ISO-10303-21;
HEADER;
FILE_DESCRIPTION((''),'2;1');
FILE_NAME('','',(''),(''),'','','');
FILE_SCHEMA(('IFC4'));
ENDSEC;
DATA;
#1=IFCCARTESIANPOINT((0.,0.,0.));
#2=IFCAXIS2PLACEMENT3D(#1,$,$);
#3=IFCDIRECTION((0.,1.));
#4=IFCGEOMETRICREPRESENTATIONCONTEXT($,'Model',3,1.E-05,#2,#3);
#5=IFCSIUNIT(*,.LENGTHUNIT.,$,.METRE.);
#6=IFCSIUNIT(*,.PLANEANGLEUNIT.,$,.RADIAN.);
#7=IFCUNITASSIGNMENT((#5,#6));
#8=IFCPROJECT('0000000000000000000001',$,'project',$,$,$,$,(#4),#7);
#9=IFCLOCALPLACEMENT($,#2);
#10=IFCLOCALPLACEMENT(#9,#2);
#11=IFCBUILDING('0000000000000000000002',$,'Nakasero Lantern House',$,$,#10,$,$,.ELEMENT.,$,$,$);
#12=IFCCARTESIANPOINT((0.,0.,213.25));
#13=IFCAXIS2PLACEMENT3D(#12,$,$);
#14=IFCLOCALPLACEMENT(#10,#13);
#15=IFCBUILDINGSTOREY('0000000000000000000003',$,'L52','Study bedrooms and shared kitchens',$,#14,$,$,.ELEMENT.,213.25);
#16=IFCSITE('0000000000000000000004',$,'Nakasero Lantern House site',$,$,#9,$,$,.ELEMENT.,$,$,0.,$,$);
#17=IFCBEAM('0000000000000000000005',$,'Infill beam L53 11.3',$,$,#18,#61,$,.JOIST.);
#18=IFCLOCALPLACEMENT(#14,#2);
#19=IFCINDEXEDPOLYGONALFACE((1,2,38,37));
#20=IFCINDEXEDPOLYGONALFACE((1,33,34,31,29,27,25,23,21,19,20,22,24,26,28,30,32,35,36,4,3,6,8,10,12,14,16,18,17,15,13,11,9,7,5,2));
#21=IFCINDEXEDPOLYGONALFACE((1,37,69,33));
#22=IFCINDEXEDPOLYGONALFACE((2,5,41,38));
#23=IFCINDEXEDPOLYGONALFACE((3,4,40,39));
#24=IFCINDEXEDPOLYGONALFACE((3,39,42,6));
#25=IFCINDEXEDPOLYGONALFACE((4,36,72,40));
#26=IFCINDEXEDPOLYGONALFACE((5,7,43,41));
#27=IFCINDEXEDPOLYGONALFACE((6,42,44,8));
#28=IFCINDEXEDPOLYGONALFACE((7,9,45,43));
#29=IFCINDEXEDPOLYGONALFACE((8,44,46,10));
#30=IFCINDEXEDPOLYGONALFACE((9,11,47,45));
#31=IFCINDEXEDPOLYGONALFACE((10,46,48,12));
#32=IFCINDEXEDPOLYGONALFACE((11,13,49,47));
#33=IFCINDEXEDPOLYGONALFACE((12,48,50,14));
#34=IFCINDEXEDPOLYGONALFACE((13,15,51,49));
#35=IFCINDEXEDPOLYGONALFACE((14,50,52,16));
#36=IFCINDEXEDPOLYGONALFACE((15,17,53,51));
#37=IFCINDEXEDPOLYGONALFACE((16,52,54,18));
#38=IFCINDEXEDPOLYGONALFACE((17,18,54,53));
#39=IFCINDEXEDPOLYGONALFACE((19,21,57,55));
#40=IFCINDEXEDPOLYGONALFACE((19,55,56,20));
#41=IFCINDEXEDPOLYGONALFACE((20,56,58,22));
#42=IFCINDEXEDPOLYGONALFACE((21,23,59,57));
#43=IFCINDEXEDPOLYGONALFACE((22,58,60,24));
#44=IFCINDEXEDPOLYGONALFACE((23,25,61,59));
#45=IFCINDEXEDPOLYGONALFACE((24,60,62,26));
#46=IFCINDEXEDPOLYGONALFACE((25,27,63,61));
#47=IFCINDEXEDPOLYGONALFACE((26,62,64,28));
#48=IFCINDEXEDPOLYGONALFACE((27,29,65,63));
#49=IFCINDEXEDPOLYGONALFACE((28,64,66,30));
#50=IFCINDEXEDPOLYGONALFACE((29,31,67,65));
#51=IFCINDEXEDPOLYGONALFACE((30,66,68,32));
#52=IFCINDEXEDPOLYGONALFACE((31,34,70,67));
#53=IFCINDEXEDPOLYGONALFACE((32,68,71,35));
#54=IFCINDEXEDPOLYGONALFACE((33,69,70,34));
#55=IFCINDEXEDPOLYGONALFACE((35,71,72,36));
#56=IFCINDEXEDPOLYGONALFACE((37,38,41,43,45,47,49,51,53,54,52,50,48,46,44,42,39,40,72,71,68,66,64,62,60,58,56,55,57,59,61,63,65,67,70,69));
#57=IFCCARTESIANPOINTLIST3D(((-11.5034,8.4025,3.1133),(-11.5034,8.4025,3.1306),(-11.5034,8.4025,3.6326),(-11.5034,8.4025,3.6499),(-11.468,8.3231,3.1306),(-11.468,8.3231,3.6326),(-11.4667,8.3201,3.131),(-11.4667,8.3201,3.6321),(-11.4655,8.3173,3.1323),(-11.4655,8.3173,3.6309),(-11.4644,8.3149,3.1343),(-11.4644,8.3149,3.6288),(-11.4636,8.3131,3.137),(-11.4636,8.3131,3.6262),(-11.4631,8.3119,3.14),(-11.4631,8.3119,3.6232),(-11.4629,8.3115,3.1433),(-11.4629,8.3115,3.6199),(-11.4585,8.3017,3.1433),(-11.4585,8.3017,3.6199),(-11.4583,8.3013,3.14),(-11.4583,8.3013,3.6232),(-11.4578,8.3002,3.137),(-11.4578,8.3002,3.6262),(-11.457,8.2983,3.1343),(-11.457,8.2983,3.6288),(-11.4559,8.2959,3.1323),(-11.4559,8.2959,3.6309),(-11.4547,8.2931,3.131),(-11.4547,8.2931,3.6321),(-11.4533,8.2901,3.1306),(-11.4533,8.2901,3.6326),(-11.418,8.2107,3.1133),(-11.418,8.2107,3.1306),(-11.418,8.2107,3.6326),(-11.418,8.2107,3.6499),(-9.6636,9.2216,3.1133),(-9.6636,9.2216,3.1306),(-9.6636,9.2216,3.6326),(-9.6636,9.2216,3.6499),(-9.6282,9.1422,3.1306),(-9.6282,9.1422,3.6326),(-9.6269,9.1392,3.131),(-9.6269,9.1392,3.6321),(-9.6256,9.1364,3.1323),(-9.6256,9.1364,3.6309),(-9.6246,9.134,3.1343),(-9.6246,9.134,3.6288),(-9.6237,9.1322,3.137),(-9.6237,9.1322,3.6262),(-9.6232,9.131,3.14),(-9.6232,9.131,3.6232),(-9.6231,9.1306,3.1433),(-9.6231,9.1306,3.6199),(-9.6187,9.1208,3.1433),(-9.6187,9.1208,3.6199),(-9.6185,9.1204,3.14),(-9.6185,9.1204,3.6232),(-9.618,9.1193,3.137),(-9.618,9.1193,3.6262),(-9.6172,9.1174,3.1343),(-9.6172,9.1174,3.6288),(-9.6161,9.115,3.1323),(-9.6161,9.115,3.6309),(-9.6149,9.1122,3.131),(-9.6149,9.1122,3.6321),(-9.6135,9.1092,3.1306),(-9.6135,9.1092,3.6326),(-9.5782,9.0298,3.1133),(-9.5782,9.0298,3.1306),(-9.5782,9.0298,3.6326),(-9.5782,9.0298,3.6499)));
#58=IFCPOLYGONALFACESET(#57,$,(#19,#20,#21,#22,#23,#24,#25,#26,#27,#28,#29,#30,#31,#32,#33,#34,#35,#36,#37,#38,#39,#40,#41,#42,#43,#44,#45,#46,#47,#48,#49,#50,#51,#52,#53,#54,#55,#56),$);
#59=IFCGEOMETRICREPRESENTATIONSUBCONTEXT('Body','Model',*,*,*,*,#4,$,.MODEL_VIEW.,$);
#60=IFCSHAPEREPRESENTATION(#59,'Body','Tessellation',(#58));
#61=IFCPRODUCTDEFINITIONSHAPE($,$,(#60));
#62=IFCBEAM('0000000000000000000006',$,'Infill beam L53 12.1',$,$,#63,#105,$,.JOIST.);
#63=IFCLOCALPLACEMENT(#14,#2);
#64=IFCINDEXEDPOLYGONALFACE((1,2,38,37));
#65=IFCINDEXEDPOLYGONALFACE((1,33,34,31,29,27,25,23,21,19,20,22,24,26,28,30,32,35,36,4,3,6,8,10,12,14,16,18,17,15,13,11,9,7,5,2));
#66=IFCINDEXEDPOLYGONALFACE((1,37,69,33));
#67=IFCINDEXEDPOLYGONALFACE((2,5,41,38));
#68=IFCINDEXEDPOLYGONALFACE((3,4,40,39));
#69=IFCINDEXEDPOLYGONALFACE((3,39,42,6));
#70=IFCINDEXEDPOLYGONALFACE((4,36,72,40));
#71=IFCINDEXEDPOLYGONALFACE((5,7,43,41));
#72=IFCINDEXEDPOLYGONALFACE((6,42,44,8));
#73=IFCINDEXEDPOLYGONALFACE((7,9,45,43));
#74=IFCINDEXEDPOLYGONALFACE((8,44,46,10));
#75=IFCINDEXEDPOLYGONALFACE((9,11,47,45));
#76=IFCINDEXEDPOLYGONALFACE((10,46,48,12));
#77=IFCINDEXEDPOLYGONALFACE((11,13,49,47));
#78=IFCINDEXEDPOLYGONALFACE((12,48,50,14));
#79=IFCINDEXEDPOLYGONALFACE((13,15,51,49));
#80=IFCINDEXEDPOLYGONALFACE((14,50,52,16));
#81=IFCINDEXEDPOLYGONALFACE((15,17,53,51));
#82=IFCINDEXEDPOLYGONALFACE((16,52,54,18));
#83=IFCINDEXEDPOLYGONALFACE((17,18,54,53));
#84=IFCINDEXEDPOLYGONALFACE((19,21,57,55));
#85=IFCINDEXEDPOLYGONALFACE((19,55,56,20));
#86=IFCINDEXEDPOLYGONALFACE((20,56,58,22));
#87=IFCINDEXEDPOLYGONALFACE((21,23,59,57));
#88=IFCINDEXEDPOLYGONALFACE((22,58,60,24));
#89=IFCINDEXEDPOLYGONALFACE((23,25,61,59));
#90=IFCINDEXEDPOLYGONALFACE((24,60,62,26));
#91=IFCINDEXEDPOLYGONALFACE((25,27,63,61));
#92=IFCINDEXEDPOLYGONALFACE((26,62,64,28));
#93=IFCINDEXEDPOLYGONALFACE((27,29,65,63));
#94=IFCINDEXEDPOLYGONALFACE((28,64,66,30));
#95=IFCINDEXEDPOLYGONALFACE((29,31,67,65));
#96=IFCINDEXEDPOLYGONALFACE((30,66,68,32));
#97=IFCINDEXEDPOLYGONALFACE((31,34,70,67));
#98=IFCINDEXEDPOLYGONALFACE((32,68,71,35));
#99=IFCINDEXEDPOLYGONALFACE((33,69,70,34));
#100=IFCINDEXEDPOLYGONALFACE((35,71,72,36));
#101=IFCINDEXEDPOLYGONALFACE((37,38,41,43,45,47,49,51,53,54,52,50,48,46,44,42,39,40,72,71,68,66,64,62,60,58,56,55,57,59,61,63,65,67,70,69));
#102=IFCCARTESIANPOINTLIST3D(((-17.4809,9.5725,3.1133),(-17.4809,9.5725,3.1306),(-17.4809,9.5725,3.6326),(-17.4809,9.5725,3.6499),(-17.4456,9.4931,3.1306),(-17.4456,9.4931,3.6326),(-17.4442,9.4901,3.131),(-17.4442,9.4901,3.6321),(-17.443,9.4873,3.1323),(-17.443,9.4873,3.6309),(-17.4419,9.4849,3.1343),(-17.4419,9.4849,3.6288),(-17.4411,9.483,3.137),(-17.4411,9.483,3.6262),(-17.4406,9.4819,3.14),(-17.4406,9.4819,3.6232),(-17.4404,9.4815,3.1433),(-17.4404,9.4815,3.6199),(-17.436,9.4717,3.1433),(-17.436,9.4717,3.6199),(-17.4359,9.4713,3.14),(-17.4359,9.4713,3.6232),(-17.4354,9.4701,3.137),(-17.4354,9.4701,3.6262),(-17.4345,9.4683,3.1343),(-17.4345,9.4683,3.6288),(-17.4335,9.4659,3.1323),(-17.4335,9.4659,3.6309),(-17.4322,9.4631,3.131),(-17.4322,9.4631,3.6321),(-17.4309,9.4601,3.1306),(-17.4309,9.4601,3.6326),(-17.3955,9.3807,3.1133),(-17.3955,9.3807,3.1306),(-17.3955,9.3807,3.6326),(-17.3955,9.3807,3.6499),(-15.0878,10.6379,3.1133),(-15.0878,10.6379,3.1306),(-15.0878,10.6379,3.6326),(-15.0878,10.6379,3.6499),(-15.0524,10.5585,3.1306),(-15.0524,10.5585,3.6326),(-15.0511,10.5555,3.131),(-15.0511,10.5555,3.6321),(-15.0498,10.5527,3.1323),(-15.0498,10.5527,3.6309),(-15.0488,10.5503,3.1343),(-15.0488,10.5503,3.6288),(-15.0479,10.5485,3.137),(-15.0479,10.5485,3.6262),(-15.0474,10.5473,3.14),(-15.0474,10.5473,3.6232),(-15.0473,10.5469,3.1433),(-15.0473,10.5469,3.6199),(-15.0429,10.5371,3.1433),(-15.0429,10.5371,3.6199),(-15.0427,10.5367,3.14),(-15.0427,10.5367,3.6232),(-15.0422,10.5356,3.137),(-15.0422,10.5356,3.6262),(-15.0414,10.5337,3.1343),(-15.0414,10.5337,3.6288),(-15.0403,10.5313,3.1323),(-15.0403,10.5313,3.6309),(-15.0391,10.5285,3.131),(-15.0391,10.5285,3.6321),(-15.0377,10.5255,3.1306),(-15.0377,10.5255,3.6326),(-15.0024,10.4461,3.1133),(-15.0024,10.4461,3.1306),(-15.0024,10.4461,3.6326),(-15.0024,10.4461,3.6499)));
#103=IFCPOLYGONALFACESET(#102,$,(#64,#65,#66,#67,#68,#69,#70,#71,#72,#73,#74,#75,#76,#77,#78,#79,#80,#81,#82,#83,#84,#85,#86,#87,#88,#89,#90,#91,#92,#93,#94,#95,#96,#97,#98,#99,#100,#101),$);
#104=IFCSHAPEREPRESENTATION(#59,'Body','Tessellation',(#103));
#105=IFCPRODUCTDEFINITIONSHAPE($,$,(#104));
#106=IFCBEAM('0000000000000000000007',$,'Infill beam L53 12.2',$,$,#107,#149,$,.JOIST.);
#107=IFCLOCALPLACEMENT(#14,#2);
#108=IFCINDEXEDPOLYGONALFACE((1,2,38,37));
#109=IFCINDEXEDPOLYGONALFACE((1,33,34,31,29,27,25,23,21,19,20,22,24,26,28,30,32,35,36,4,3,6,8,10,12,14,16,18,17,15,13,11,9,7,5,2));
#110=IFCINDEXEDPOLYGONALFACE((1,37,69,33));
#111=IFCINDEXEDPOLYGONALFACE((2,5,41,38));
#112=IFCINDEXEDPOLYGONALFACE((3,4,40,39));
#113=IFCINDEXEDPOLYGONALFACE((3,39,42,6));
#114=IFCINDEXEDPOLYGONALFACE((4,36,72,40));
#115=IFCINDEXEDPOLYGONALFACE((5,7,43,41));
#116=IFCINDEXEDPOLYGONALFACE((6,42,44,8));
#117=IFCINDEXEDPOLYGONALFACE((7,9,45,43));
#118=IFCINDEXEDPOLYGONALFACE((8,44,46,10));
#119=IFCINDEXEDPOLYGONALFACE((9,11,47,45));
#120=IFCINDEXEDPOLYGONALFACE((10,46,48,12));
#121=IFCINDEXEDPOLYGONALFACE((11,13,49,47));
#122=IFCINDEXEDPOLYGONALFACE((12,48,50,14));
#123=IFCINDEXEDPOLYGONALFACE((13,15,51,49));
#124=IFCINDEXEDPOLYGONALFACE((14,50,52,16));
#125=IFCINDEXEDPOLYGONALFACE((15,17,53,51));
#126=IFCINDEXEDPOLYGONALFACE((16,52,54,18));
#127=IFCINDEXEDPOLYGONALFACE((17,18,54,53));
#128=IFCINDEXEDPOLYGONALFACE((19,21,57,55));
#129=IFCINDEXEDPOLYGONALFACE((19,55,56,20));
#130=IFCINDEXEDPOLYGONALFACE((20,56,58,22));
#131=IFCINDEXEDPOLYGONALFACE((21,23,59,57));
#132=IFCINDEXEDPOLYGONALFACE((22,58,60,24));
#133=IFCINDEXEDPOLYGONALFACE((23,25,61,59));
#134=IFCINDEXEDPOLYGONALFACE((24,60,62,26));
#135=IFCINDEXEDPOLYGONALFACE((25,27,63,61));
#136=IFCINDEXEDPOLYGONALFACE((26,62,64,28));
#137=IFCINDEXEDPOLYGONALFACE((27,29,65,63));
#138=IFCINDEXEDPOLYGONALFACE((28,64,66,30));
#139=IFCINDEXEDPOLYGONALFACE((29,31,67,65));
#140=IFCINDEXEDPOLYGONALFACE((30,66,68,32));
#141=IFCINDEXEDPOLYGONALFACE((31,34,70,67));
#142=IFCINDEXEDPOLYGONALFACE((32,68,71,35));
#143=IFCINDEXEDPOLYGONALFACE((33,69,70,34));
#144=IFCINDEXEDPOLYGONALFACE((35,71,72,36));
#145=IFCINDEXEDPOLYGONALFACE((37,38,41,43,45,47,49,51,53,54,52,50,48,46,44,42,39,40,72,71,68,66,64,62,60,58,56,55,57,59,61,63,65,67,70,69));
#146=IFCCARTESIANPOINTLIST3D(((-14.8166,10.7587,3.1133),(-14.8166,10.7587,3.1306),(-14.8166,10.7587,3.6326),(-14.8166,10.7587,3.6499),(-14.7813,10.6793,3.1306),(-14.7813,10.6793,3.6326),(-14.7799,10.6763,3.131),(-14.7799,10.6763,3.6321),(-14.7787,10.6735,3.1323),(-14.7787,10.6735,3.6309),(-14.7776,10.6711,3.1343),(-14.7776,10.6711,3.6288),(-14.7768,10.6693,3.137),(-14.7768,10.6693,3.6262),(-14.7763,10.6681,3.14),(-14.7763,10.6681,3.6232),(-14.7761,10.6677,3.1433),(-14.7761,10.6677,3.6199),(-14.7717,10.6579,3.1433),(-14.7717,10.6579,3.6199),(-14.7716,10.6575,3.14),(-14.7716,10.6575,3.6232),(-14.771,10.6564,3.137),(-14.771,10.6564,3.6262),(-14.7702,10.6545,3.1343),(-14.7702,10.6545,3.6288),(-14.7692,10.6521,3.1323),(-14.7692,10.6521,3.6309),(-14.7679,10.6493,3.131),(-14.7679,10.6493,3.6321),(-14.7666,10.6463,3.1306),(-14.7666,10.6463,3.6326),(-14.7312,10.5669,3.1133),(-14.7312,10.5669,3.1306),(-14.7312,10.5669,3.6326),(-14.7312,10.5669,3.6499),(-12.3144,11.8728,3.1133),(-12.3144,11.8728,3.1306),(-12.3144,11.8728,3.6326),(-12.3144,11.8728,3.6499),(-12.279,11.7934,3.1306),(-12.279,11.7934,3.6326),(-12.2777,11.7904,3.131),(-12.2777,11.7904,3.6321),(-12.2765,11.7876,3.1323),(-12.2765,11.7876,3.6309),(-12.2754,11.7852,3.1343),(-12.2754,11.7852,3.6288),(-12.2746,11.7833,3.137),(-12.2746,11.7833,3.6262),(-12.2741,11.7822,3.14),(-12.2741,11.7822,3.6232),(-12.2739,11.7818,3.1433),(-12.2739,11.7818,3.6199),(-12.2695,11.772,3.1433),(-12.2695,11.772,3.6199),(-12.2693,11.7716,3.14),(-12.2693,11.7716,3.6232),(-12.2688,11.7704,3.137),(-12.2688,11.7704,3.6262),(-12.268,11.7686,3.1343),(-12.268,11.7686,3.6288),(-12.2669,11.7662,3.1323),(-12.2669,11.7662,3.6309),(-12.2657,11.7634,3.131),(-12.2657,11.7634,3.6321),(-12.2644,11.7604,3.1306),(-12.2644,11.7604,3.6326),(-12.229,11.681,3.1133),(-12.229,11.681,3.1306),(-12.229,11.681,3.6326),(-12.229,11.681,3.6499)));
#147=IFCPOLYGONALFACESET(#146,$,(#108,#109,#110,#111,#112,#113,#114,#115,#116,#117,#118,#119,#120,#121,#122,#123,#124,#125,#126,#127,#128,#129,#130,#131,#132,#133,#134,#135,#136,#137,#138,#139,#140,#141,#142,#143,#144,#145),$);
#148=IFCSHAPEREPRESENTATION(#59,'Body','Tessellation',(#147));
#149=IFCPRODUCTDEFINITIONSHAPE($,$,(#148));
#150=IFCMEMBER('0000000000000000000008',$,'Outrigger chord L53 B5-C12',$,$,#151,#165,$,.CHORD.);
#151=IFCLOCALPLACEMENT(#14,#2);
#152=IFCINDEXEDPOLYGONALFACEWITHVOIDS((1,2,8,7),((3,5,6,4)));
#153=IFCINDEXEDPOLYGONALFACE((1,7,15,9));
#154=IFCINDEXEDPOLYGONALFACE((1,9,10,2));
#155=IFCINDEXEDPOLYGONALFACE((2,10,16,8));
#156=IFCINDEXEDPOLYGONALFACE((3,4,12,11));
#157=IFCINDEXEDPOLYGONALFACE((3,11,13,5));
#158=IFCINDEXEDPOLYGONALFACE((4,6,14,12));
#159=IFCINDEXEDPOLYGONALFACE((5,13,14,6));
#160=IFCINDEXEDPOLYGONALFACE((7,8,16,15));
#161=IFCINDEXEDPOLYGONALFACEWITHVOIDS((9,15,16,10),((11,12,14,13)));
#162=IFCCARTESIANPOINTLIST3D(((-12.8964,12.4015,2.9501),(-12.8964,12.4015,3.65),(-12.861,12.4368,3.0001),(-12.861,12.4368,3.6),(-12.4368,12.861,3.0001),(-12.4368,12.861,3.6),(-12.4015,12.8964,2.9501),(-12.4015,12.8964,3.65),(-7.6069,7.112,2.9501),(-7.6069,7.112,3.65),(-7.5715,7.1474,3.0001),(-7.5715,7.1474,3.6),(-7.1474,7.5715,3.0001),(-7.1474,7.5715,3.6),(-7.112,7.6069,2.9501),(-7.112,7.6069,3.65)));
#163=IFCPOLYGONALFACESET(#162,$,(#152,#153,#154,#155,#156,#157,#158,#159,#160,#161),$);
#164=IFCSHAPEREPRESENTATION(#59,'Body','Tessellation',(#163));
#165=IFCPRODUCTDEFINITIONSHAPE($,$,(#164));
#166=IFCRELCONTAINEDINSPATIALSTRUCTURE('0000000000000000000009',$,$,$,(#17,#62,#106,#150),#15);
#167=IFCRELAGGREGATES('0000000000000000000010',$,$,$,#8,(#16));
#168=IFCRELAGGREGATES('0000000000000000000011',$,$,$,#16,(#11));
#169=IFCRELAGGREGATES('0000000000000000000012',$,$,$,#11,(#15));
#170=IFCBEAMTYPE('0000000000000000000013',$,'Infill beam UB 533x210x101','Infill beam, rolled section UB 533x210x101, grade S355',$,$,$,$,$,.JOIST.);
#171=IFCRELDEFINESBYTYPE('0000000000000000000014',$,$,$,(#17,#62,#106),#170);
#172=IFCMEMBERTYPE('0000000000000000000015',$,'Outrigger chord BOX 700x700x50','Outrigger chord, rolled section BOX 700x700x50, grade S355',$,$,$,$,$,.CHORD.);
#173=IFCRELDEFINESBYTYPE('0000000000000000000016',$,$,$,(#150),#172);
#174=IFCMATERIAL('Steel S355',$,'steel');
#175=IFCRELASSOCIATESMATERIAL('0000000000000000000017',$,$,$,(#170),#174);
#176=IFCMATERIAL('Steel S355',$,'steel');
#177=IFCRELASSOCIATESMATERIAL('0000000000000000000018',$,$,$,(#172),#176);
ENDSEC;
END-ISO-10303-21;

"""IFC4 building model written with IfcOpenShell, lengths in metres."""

from ifc_helpers import new_model, si_unit, direction, frame, origin, origin_2d, place, context, subcontext, project, spatial, hollow_rectangle, i_section, extrude, material, material_profile, profile_set, type_object, element, save


model = new_model("IFC4")

# Units and contexts
model_context = context("Model", 3, precision=1e-05, world=origin(), true_north=direction((0.0, 1.0)))
body_context = subcontext(model_context, "Body", "Model", "MODEL_VIEW")
ifc_project = project(units=[si_unit("LENGTHUNIT", "METRE"), si_unit("PLANEANGLEUNIT", "RADIAN")], contexts=[model_context])

# Site, building, storey
site_placement = place(None, origin())
site = spatial("IfcSite", under=ifc_project, at=site_placement, Name="Nakasero Lantern House site", CompositionType="ELEMENT", RefElevation=0.0)
building_placement = place(site_placement, origin())
building = spatial("IfcBuilding", under=site, at=building_placement, Name="Nakasero Lantern House", CompositionType="ELEMENT")
storey_placement = place(building_placement, frame((0.0, 0.0, 213.25)))
storey = spatial("IfcBuildingStorey", under=building, at=storey_placement, Name="L52", Description="Study bedrooms and shared kitchens", CompositionType="ELEMENT", Elevation=213.25)

# Beams
ifc_material_1 = material(Name="Steel S355", Category="steel")
ifc_material_profile_1 = material_profile(ifc_material_1, i_section(OverallWidth=0.21, OverallDepth=0.5366, WebThickness=0.0107, FlangeThickness=0.0173, FilletRadius=0.0127, at=origin_2d()), Name="UB 533x210x101")
ifc_profile_set_1 = profile_set([ifc_material_profile_1], Name="Steel S355")
beam_type_1 = type_object("IfcBeamType", Name="Infill beam UB 533x210x101", Description="Infill beam, rolled section UB 533x210x101, grade S355", PredefinedType="JOIST", material=ifc_profile_set_1)
beam_1_placement = place(storey_placement, frame((-11.4607, 8.3066, 3.3816), z_axis=(0.913556, 0.406712, 0.0), x_axis=(-0.406712, 0.913556, 0.0)))
element("IfcBeam", 1, at=beam_1_placement, inside=storey, type_object=beam_type_1, Name="Infill beam L53 11.3", PredefinedType="JOIST", context=body_context, shape_type="SweptSolid", body=[
    extrude(i_section(OverallWidth=0.21, OverallDepth=0.5366, WebThickness=0.0107, FlangeThickness=0.0173, FilletRadius=0.0127, at=origin_2d()), origin(), (0.0, 0.0, 1.0), 2.0139),
])
beam_2_placement = place(storey_placement, frame((-17.4382, 9.4766, 3.3816), z_axis=(0.91355, 0.406726, 0.0), x_axis=(-0.406726, 0.91355, 0.0)))
element("IfcBeam", 2, at=beam_2_placement, inside=storey, type_object=beam_type_1, Name="Infill beam L53 12.1", PredefinedType="JOIST", context=body_context, shape_type="SweptSolid", body=[
    extrude(i_section(OverallWidth=0.21, OverallDepth=0.5366, WebThickness=0.0107, FlangeThickness=0.0173, FilletRadius=0.0127, at=origin_2d()), origin(), (0.0, 0.0, 1.0), 2.6196),
])
beam_3_placement = place(storey_placement, frame((-14.7739, 10.6628, 3.3816), z_axis=(0.91355, 0.406726, 0.0), x_axis=(-0.406726, 0.91355, 0.0)))
element("IfcBeam", 3, at=beam_3_placement, inside=storey, type_object=beam_type_1, Name="Infill beam L53 12.2", PredefinedType="JOIST", context=body_context, shape_type="SweptSolid", body=[
    extrude(i_section(OverallWidth=0.21, OverallDepth=0.5366, WebThickness=0.0107, FlangeThickness=0.0173, FilletRadius=0.0127, at=origin_2d()), origin(), (0.0, 0.0, 1.0), 2.739),
])

# Member
ifc_material_2 = material(Name="Steel S355", Category="steel")
ifc_material_profile_2 = material_profile(ifc_material_2, hollow_rectangle(XDim=0.7, YDim=0.7, WallThickness=0.05, at=origin_2d()), Name="BOX 700x700x50")
ifc_profile_set_2 = profile_set([ifc_material_profile_2], Name="Steel S355")
member_type_1 = type_object("IfcMemberType", Name="Outrigger chord BOX 700x700x50", Description="Outrigger chord, rolled section BOX 700x700x50, grade S355", PredefinedType="CHORD", material=ifc_profile_set_2)
member_1_placement = place(storey_placement, frame((-12.6489, 12.6489, 3.3), z_axis=(0.707107, -0.707107, 0.0), x_axis=(0.707107, 0.707107, 0.0)))
element("IfcMember", 4, at=member_1_placement, inside=storey, type_object=member_type_1, Name="Outrigger chord L53 B5-C12", PredefinedType="CHORD", context=body_context, shape_type="SweptSolid", body=[
    extrude(hollow_rectangle(XDim=0.7, YDim=0.7, WallThickness=0.05, at=origin_2d()), origin(), (0.0, 0.0, 1.0), 7.4805),
])

save(model, "model.ifc")
